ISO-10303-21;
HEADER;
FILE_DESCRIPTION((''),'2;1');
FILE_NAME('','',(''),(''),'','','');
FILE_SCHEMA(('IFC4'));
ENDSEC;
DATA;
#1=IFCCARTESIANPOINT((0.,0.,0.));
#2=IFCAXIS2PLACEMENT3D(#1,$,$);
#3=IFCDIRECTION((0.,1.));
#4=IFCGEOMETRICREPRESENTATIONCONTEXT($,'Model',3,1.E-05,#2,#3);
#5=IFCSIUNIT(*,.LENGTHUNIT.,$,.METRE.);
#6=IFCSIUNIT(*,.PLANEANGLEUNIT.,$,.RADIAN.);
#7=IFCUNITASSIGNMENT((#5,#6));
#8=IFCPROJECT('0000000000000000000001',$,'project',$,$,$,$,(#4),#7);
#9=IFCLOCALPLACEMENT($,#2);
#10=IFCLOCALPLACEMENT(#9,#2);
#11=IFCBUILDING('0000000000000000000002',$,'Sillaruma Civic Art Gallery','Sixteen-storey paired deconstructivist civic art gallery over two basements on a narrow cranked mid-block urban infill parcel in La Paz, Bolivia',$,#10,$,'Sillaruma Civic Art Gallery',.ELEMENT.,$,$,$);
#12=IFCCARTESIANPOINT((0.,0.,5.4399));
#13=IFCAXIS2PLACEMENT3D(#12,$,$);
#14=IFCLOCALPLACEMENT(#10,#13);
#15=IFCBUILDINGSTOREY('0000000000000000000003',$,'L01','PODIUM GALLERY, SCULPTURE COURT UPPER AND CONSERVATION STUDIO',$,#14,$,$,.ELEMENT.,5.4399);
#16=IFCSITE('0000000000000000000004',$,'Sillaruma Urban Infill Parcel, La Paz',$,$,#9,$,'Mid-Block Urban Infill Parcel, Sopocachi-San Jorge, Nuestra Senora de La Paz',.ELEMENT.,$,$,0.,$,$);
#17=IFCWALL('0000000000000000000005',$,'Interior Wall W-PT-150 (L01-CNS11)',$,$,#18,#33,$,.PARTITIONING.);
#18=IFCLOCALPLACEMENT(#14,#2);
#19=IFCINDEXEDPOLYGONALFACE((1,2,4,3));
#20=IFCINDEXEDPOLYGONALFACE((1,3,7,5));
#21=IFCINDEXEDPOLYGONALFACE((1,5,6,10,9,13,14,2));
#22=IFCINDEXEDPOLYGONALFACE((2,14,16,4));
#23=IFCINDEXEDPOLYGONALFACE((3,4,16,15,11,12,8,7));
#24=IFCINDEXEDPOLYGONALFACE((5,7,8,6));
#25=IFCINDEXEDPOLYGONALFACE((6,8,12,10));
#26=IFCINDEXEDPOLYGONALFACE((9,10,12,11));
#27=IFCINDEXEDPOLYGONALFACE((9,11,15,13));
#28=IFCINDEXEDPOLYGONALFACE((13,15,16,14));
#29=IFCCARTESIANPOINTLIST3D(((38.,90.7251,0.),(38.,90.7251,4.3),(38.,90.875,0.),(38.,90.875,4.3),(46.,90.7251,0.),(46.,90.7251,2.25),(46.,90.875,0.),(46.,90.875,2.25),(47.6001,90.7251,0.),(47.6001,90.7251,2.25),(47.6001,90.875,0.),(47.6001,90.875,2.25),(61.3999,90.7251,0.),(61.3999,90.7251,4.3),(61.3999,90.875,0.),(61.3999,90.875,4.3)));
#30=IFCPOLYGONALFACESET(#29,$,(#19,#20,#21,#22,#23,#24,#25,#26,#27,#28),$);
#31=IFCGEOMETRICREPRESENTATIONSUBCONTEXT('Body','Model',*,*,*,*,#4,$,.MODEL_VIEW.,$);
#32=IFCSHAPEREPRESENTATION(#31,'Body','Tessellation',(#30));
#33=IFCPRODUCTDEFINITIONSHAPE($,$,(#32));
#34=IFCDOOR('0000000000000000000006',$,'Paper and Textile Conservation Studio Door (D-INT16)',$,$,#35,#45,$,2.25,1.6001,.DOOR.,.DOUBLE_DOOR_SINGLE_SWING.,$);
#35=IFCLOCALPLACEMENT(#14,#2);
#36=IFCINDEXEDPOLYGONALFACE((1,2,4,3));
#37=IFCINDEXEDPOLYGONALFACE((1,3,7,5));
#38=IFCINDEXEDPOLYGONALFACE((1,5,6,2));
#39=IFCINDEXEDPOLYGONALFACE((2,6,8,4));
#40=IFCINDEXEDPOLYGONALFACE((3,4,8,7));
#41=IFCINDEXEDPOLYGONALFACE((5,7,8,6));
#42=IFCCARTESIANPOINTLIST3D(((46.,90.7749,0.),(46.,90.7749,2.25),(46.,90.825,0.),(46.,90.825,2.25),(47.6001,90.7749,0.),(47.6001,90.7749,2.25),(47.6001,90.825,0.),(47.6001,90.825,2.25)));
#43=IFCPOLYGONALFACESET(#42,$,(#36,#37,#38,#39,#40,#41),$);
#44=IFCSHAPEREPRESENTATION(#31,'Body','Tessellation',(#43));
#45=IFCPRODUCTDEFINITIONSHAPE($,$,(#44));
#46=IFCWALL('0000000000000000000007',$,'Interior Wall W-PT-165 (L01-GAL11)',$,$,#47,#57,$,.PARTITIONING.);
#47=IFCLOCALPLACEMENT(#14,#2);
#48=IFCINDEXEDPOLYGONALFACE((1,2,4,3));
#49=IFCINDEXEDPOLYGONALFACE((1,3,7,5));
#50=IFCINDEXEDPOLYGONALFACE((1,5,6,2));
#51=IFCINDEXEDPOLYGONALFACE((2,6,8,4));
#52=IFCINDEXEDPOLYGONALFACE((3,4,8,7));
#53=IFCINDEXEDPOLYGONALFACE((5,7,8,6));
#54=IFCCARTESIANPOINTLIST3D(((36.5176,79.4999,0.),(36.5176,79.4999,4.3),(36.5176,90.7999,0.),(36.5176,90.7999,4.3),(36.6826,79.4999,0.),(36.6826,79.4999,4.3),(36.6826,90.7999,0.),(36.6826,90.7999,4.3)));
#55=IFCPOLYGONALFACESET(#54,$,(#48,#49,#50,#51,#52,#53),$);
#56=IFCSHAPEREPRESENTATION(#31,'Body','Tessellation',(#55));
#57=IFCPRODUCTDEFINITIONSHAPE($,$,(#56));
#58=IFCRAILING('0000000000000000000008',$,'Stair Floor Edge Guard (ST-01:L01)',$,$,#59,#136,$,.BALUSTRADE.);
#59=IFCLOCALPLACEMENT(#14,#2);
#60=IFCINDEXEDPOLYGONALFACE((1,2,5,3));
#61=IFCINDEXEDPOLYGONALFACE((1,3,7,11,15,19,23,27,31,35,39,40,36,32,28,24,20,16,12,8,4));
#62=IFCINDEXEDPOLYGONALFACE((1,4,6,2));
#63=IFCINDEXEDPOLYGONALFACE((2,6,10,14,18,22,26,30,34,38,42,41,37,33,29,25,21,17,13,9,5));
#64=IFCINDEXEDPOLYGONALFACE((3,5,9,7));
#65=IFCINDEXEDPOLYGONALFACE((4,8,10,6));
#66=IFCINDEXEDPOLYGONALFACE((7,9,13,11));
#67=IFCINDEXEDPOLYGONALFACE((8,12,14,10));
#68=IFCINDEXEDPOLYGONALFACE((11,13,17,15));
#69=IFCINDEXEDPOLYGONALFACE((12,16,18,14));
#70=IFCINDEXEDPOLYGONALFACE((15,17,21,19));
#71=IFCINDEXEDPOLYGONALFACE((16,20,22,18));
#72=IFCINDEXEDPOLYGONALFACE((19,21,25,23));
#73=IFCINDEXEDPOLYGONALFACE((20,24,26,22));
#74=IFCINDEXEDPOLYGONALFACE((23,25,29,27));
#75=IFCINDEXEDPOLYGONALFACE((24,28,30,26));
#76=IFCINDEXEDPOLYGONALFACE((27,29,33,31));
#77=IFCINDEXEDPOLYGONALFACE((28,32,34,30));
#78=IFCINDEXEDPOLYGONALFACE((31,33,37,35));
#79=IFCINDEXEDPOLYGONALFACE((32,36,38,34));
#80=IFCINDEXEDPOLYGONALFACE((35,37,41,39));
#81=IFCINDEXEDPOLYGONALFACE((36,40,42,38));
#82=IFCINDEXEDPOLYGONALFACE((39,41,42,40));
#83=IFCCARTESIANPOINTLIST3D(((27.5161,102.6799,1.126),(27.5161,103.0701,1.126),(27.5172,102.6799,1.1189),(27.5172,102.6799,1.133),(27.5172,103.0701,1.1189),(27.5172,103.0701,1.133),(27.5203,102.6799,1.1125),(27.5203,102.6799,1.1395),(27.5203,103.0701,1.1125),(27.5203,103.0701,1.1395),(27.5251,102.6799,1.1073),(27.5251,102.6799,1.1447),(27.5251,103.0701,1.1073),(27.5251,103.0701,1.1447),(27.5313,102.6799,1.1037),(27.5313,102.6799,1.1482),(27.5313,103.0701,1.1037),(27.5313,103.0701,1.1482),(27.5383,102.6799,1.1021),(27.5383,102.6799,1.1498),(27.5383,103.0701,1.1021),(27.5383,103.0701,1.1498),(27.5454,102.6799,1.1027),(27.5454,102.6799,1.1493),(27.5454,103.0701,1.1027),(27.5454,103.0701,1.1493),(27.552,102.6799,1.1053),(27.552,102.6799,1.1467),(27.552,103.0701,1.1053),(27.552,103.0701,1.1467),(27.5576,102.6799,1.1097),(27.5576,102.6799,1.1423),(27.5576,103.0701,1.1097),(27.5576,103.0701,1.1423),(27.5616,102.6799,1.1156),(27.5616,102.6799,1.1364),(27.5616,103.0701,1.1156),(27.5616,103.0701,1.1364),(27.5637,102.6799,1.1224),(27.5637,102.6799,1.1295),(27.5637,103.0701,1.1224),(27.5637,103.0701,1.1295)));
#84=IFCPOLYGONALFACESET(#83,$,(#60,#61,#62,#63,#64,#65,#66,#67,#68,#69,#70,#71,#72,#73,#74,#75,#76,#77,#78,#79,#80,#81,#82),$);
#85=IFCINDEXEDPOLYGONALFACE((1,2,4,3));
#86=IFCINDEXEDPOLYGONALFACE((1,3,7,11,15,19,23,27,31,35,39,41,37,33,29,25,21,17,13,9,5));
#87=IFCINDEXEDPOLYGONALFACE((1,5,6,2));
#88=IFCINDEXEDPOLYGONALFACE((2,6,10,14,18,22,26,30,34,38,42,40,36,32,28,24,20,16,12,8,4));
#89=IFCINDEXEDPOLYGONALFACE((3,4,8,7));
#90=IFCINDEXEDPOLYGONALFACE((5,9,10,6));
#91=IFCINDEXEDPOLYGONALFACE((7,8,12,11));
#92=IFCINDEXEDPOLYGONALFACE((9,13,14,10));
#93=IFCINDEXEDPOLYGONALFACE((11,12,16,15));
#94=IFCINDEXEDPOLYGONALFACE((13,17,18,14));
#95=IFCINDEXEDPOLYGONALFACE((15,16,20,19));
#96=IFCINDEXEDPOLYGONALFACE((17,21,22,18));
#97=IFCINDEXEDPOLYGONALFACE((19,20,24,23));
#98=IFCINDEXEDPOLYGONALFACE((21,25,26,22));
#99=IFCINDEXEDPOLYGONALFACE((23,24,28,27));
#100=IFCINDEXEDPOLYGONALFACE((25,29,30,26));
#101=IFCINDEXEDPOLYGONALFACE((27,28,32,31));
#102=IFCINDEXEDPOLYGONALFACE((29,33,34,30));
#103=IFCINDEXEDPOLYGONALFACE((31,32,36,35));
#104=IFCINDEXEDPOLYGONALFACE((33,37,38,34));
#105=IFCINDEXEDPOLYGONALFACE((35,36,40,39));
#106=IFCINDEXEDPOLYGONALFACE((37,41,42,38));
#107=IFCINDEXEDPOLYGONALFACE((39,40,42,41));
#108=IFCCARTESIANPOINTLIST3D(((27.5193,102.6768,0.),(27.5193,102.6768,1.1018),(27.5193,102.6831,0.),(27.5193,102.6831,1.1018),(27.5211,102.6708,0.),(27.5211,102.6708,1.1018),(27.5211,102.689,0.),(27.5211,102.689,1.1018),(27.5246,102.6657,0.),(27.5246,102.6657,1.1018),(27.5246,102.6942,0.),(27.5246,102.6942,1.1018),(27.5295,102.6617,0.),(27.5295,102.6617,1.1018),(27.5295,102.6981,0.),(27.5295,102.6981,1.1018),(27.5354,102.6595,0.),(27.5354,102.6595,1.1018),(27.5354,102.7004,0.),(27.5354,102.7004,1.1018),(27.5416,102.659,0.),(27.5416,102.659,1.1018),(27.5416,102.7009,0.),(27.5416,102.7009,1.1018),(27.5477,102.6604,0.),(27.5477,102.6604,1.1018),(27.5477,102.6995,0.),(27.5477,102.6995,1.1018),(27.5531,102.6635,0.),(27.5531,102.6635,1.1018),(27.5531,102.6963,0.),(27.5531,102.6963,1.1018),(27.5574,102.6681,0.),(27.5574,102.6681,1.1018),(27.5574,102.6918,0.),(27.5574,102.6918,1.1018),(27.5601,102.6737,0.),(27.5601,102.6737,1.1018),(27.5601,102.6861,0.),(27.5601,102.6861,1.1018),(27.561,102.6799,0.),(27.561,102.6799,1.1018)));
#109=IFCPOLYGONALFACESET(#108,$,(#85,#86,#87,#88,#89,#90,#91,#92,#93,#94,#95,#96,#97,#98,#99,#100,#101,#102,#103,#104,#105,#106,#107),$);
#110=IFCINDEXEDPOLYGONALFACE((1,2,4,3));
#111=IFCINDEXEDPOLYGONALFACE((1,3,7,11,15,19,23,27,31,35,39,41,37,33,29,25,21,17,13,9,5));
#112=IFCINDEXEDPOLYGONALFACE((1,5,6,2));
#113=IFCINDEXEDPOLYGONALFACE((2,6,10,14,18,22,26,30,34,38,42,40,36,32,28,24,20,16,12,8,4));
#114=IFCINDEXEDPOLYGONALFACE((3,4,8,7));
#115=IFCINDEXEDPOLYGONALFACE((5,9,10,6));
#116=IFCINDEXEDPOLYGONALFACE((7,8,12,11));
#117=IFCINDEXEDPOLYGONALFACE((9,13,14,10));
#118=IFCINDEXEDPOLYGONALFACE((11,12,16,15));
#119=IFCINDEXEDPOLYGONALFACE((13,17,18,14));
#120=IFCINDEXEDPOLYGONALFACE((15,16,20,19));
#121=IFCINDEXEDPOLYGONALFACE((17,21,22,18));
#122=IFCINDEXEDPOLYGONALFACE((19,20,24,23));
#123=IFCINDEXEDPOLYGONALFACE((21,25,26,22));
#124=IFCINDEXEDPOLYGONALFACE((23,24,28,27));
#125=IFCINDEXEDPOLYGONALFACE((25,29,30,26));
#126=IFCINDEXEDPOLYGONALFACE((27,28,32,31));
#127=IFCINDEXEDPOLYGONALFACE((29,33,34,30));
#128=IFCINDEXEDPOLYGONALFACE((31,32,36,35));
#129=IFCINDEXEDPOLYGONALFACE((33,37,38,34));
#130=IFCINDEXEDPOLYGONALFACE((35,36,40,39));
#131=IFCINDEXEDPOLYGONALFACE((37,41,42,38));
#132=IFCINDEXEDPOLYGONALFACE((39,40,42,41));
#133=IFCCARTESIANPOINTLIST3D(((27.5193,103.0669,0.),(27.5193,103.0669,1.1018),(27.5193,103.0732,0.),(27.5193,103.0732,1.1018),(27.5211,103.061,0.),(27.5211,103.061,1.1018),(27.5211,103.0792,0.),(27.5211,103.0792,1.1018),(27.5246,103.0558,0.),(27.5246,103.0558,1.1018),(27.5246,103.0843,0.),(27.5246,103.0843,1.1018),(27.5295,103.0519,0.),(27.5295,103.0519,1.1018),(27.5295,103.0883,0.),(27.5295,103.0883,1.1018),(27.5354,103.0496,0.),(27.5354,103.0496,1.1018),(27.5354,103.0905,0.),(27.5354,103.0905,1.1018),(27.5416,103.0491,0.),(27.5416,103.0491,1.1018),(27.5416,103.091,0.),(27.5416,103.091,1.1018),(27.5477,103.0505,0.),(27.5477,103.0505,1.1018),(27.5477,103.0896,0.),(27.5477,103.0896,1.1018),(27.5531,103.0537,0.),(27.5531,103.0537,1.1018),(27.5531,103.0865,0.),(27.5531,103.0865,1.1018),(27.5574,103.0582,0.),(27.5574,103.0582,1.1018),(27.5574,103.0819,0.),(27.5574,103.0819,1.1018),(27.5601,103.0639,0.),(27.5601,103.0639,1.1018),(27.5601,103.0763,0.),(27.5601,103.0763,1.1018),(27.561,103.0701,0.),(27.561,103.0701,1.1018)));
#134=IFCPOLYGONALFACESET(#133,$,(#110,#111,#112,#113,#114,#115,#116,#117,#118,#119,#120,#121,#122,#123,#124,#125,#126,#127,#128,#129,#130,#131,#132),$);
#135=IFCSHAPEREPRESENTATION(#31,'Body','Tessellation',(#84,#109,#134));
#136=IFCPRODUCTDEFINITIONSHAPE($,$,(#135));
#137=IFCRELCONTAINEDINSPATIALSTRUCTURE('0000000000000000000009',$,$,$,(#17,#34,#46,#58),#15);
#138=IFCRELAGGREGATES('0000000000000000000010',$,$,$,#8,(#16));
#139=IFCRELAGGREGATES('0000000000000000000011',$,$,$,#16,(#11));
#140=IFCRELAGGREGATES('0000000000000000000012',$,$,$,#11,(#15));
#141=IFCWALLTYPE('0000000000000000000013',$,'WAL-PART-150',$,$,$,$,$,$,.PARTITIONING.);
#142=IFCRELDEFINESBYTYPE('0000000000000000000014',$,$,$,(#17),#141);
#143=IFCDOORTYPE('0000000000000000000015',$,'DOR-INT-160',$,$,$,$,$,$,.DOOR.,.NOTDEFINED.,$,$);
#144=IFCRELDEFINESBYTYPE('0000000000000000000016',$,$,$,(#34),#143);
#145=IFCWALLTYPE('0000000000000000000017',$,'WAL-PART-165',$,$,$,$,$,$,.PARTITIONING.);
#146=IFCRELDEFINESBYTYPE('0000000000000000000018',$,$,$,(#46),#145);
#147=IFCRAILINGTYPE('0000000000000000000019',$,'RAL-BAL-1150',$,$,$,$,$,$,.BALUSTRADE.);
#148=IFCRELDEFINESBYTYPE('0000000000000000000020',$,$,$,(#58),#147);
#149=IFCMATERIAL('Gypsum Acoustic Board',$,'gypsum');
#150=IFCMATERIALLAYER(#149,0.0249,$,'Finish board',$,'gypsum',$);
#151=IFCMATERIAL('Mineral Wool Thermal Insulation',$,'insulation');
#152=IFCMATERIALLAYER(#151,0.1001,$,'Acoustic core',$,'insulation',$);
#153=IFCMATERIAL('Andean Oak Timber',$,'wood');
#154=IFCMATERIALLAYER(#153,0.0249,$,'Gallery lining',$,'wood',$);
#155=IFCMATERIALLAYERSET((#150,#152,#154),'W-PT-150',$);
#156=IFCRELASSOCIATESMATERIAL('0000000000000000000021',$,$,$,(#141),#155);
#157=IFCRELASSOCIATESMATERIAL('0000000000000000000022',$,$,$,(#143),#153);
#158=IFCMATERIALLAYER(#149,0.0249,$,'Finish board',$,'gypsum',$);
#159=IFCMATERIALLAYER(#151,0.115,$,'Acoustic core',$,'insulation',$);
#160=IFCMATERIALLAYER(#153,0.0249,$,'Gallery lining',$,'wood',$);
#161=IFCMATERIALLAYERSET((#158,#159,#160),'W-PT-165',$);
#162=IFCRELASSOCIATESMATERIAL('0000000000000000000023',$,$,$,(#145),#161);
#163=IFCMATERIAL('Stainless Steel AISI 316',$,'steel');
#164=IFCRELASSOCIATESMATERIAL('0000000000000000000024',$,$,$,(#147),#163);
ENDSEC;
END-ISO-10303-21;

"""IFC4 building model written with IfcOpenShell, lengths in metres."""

from ifc_helpers import new_model, si_unit, direction, frame, frame_2d, origin, origin_2d, place, context, subcontext, project, spatial, rectangle, circle, extrude, material, layer, layer_set, type_object, element, fill, save


model = new_model("IFC4")

# Units and contexts
model_context = context("Model", 3, precision=1e-05, world=origin(), true_north=direction((0.0, 1.0)))
body_context = subcontext(model_context, "Body", "Model", "MODEL_VIEW")
ifc_project = project(units=[si_unit("LENGTHUNIT", "METRE"), si_unit("PLANEANGLEUNIT", "RADIAN")], contexts=[model_context])

# Site, building, storey
site_placement = place(None, origin())
site = spatial("IfcSite", under=ifc_project, at=site_placement, Name="Sillaruma Urban Infill Parcel, La Paz", LongName="Mid-Block Urban Infill Parcel, Sopocachi-San Jorge, Nuestra Senora de La Paz", CompositionType="ELEMENT", RefElevation=0.0)
building_placement = place(site_placement, origin())
building = spatial("IfcBuilding", under=site, at=building_placement, Name="Sillaruma Civic Art Gallery", Description="Sixteen-storey paired deconstructivist civic art gallery over two basements on a narrow cranked mid-block urban infill parcel in La Paz, Bolivia", LongName="Sillaruma Civic Art Gallery", CompositionType="ELEMENT")
storey_placement = place(building_placement, frame((0.0, 0.0, 5.4399)))
storey = spatial("IfcBuildingStorey", under=building, at=storey_placement, Name="L01", Description="PODIUM GALLERY, SCULPTURE COURT UPPER AND CONSERVATION STUDIO", CompositionType="ELEMENT", Elevation=5.4399)

# Wall, opening, door
ifc_material_1 = material(Name="Gypsum Acoustic Board", Category="gypsum")
ifc_layer_1 = layer(ifc_material_1, 0.0249, Name="Finish board", Category="gypsum")
ifc_material_2 = material(Name="Mineral Wool Thermal Insulation", Category="insulation")
ifc_layer_2 = layer(ifc_material_2, 0.1001, Name="Acoustic core", Category="insulation")
ifc_material_3 = material(Name="Andean Oak Timber", Category="wood")
ifc_layer_3 = layer(ifc_material_3, 0.0249, Name="Gallery lining", Category="wood")
ifc_layer_set_1 = layer_set([ifc_layer_1, ifc_layer_2, ifc_layer_3], Name="W-PT-150")
wall_type_1 = type_object("IfcWallType", Name="WAL-PART-150", PredefinedType="PARTITIONING", material=ifc_layer_set_1)
wall_1_placement = place(storey_placement, frame((38.0, 90.8, 0.0), z_axis=(0.0, 0.0, 1.0), x_axis=(1.0, 0.0, 0.0)))
wall_1 = element("IfcWall", 1, at=wall_1_placement, inside=storey, type_object=wall_type_1, Name="Interior Wall W-PT-150 (L01-CNS11)", PredefinedType="PARTITIONING", context=body_context, shape_type="SweptSolid", body=[
    extrude(rectangle(XDim=23.3999, YDim=0.1499, at=frame_2d((11.7, 0.0))), origin(), (0.0, 0.0, 1.0), 4.3),
])
opening_1_placement = place(wall_1_placement, frame((8.0, 0.0, 0.0)))
opening_1 = element("IfcOpeningElement", 2, at=opening_1_placement, cuts=wall_1, PredefinedType="OPENING", context=body_context, shape_type="SweptSolid", body=[
    extrude(rectangle(XDim=1.6001, YDim=2.25, at=frame_2d((0.8, 1.125))), frame((0.0, 0.085, 0.0), z_axis=(0.0, -1.0, 0.0), x_axis=(1.0, 0.0, 0.0)), (0.0, 0.0, 1.0), 0.1699),
])
door_type_1 = type_object("IfcDoorType", Name="DOR-INT-160", OperationType="NOTDEFINED", PredefinedType="DOOR", material=ifc_material_3)
door_1_placement = place(opening_1_placement, origin())
door_1 = element("IfcDoor", 3, at=door_1_placement, inside=storey, type_object=door_type_1, Name="Paper and Textile Conservation Studio Door (D-INT16)", OperationType="DOUBLE_DOOR_SINGLE_SWING", OverallHeight=2.25, OverallWidth=1.6001, PredefinedType="DOOR", context=body_context, shape_type="SweptSolid", body=[
    extrude(rectangle(XDim=1.6001, YDim=2.25, at=frame_2d((0.8, 1.125))), frame((0.0, 0.0249, 0.0), z_axis=(0.0, -1.0, 0.0), x_axis=(1.0, 0.0, 0.0)), (0.0, 0.0, 1.0), 0.05),
])
fill(opening_1, door_1)

# Wall
ifc_layer_4 = layer(ifc_material_1, 0.0249, Name="Finish board", Category="gypsum")
ifc_layer_5 = layer(ifc_material_2, 0.115, Name="Acoustic core", Category="insulation")
ifc_layer_6 = layer(ifc_material_3, 0.0249, Name="Gallery lining", Category="wood")
ifc_layer_set_2 = layer_set([ifc_layer_4, ifc_layer_5, ifc_layer_6], Name="W-PT-165")
wall_type_2 = type_object("IfcWallType", Name="WAL-PART-165", PredefinedType="PARTITIONING", material=ifc_layer_set_2)
wall_2_placement = place(storey_placement, frame((36.6001, 79.5, 0.0), z_axis=(0.0, 0.0, 1.0), x_axis=(0.0, 1.0, 0.0)))
element("IfcWall", 4, at=wall_2_placement, inside=storey, type_object=wall_type_2, Name="Interior Wall W-PT-165 (L01-GAL11)", PredefinedType="PARTITIONING", context=body_context, shape_type="SweptSolid", body=[
    extrude(rectangle(XDim=11.3, YDim=0.165, at=frame_2d((5.6499, 0.0))), origin(), (0.0, 0.0, 1.0), 4.3),
])

# Railing
ifc_material_4 = material(Name="Stainless Steel AISI 316", Category="steel")
railing_type = type_object("IfcRailingType", Name="RAL-BAL-1150", PredefinedType="BALUSTRADE", material=ifc_material_4)
railing_placement = place(storey_placement, frame((27.54, 102.6799, 0.0)))
element("IfcRailing", 5, at=railing_placement, inside=storey, type_object=railing_type, Name="Stair Floor Edge Guard (ST-01:L01)", PredefinedType="BALUSTRADE", context=body_context, shape_type="SweptSolid", body=[
    extrude(circle(Radius=0.0239, at=origin_2d()), frame((0.0, 0.0, 1.126), z_axis=(0.0, 1.0, 0.0), x_axis=(-1.0, 0.0, 0.0)), (0.0, 0.0, 1.0), 0.3901),
    extrude(circle(Radius=0.021, at=origin_2d()), origin(), (0.0, 0.0, 1.0), 1.1018),
    extrude(circle(Radius=0.021, at=origin_2d()), frame((0.0, 0.3901, 0.0)), (0.0, 0.0, 1.0), 1.1018),
])

save(model, "model.ifc")
